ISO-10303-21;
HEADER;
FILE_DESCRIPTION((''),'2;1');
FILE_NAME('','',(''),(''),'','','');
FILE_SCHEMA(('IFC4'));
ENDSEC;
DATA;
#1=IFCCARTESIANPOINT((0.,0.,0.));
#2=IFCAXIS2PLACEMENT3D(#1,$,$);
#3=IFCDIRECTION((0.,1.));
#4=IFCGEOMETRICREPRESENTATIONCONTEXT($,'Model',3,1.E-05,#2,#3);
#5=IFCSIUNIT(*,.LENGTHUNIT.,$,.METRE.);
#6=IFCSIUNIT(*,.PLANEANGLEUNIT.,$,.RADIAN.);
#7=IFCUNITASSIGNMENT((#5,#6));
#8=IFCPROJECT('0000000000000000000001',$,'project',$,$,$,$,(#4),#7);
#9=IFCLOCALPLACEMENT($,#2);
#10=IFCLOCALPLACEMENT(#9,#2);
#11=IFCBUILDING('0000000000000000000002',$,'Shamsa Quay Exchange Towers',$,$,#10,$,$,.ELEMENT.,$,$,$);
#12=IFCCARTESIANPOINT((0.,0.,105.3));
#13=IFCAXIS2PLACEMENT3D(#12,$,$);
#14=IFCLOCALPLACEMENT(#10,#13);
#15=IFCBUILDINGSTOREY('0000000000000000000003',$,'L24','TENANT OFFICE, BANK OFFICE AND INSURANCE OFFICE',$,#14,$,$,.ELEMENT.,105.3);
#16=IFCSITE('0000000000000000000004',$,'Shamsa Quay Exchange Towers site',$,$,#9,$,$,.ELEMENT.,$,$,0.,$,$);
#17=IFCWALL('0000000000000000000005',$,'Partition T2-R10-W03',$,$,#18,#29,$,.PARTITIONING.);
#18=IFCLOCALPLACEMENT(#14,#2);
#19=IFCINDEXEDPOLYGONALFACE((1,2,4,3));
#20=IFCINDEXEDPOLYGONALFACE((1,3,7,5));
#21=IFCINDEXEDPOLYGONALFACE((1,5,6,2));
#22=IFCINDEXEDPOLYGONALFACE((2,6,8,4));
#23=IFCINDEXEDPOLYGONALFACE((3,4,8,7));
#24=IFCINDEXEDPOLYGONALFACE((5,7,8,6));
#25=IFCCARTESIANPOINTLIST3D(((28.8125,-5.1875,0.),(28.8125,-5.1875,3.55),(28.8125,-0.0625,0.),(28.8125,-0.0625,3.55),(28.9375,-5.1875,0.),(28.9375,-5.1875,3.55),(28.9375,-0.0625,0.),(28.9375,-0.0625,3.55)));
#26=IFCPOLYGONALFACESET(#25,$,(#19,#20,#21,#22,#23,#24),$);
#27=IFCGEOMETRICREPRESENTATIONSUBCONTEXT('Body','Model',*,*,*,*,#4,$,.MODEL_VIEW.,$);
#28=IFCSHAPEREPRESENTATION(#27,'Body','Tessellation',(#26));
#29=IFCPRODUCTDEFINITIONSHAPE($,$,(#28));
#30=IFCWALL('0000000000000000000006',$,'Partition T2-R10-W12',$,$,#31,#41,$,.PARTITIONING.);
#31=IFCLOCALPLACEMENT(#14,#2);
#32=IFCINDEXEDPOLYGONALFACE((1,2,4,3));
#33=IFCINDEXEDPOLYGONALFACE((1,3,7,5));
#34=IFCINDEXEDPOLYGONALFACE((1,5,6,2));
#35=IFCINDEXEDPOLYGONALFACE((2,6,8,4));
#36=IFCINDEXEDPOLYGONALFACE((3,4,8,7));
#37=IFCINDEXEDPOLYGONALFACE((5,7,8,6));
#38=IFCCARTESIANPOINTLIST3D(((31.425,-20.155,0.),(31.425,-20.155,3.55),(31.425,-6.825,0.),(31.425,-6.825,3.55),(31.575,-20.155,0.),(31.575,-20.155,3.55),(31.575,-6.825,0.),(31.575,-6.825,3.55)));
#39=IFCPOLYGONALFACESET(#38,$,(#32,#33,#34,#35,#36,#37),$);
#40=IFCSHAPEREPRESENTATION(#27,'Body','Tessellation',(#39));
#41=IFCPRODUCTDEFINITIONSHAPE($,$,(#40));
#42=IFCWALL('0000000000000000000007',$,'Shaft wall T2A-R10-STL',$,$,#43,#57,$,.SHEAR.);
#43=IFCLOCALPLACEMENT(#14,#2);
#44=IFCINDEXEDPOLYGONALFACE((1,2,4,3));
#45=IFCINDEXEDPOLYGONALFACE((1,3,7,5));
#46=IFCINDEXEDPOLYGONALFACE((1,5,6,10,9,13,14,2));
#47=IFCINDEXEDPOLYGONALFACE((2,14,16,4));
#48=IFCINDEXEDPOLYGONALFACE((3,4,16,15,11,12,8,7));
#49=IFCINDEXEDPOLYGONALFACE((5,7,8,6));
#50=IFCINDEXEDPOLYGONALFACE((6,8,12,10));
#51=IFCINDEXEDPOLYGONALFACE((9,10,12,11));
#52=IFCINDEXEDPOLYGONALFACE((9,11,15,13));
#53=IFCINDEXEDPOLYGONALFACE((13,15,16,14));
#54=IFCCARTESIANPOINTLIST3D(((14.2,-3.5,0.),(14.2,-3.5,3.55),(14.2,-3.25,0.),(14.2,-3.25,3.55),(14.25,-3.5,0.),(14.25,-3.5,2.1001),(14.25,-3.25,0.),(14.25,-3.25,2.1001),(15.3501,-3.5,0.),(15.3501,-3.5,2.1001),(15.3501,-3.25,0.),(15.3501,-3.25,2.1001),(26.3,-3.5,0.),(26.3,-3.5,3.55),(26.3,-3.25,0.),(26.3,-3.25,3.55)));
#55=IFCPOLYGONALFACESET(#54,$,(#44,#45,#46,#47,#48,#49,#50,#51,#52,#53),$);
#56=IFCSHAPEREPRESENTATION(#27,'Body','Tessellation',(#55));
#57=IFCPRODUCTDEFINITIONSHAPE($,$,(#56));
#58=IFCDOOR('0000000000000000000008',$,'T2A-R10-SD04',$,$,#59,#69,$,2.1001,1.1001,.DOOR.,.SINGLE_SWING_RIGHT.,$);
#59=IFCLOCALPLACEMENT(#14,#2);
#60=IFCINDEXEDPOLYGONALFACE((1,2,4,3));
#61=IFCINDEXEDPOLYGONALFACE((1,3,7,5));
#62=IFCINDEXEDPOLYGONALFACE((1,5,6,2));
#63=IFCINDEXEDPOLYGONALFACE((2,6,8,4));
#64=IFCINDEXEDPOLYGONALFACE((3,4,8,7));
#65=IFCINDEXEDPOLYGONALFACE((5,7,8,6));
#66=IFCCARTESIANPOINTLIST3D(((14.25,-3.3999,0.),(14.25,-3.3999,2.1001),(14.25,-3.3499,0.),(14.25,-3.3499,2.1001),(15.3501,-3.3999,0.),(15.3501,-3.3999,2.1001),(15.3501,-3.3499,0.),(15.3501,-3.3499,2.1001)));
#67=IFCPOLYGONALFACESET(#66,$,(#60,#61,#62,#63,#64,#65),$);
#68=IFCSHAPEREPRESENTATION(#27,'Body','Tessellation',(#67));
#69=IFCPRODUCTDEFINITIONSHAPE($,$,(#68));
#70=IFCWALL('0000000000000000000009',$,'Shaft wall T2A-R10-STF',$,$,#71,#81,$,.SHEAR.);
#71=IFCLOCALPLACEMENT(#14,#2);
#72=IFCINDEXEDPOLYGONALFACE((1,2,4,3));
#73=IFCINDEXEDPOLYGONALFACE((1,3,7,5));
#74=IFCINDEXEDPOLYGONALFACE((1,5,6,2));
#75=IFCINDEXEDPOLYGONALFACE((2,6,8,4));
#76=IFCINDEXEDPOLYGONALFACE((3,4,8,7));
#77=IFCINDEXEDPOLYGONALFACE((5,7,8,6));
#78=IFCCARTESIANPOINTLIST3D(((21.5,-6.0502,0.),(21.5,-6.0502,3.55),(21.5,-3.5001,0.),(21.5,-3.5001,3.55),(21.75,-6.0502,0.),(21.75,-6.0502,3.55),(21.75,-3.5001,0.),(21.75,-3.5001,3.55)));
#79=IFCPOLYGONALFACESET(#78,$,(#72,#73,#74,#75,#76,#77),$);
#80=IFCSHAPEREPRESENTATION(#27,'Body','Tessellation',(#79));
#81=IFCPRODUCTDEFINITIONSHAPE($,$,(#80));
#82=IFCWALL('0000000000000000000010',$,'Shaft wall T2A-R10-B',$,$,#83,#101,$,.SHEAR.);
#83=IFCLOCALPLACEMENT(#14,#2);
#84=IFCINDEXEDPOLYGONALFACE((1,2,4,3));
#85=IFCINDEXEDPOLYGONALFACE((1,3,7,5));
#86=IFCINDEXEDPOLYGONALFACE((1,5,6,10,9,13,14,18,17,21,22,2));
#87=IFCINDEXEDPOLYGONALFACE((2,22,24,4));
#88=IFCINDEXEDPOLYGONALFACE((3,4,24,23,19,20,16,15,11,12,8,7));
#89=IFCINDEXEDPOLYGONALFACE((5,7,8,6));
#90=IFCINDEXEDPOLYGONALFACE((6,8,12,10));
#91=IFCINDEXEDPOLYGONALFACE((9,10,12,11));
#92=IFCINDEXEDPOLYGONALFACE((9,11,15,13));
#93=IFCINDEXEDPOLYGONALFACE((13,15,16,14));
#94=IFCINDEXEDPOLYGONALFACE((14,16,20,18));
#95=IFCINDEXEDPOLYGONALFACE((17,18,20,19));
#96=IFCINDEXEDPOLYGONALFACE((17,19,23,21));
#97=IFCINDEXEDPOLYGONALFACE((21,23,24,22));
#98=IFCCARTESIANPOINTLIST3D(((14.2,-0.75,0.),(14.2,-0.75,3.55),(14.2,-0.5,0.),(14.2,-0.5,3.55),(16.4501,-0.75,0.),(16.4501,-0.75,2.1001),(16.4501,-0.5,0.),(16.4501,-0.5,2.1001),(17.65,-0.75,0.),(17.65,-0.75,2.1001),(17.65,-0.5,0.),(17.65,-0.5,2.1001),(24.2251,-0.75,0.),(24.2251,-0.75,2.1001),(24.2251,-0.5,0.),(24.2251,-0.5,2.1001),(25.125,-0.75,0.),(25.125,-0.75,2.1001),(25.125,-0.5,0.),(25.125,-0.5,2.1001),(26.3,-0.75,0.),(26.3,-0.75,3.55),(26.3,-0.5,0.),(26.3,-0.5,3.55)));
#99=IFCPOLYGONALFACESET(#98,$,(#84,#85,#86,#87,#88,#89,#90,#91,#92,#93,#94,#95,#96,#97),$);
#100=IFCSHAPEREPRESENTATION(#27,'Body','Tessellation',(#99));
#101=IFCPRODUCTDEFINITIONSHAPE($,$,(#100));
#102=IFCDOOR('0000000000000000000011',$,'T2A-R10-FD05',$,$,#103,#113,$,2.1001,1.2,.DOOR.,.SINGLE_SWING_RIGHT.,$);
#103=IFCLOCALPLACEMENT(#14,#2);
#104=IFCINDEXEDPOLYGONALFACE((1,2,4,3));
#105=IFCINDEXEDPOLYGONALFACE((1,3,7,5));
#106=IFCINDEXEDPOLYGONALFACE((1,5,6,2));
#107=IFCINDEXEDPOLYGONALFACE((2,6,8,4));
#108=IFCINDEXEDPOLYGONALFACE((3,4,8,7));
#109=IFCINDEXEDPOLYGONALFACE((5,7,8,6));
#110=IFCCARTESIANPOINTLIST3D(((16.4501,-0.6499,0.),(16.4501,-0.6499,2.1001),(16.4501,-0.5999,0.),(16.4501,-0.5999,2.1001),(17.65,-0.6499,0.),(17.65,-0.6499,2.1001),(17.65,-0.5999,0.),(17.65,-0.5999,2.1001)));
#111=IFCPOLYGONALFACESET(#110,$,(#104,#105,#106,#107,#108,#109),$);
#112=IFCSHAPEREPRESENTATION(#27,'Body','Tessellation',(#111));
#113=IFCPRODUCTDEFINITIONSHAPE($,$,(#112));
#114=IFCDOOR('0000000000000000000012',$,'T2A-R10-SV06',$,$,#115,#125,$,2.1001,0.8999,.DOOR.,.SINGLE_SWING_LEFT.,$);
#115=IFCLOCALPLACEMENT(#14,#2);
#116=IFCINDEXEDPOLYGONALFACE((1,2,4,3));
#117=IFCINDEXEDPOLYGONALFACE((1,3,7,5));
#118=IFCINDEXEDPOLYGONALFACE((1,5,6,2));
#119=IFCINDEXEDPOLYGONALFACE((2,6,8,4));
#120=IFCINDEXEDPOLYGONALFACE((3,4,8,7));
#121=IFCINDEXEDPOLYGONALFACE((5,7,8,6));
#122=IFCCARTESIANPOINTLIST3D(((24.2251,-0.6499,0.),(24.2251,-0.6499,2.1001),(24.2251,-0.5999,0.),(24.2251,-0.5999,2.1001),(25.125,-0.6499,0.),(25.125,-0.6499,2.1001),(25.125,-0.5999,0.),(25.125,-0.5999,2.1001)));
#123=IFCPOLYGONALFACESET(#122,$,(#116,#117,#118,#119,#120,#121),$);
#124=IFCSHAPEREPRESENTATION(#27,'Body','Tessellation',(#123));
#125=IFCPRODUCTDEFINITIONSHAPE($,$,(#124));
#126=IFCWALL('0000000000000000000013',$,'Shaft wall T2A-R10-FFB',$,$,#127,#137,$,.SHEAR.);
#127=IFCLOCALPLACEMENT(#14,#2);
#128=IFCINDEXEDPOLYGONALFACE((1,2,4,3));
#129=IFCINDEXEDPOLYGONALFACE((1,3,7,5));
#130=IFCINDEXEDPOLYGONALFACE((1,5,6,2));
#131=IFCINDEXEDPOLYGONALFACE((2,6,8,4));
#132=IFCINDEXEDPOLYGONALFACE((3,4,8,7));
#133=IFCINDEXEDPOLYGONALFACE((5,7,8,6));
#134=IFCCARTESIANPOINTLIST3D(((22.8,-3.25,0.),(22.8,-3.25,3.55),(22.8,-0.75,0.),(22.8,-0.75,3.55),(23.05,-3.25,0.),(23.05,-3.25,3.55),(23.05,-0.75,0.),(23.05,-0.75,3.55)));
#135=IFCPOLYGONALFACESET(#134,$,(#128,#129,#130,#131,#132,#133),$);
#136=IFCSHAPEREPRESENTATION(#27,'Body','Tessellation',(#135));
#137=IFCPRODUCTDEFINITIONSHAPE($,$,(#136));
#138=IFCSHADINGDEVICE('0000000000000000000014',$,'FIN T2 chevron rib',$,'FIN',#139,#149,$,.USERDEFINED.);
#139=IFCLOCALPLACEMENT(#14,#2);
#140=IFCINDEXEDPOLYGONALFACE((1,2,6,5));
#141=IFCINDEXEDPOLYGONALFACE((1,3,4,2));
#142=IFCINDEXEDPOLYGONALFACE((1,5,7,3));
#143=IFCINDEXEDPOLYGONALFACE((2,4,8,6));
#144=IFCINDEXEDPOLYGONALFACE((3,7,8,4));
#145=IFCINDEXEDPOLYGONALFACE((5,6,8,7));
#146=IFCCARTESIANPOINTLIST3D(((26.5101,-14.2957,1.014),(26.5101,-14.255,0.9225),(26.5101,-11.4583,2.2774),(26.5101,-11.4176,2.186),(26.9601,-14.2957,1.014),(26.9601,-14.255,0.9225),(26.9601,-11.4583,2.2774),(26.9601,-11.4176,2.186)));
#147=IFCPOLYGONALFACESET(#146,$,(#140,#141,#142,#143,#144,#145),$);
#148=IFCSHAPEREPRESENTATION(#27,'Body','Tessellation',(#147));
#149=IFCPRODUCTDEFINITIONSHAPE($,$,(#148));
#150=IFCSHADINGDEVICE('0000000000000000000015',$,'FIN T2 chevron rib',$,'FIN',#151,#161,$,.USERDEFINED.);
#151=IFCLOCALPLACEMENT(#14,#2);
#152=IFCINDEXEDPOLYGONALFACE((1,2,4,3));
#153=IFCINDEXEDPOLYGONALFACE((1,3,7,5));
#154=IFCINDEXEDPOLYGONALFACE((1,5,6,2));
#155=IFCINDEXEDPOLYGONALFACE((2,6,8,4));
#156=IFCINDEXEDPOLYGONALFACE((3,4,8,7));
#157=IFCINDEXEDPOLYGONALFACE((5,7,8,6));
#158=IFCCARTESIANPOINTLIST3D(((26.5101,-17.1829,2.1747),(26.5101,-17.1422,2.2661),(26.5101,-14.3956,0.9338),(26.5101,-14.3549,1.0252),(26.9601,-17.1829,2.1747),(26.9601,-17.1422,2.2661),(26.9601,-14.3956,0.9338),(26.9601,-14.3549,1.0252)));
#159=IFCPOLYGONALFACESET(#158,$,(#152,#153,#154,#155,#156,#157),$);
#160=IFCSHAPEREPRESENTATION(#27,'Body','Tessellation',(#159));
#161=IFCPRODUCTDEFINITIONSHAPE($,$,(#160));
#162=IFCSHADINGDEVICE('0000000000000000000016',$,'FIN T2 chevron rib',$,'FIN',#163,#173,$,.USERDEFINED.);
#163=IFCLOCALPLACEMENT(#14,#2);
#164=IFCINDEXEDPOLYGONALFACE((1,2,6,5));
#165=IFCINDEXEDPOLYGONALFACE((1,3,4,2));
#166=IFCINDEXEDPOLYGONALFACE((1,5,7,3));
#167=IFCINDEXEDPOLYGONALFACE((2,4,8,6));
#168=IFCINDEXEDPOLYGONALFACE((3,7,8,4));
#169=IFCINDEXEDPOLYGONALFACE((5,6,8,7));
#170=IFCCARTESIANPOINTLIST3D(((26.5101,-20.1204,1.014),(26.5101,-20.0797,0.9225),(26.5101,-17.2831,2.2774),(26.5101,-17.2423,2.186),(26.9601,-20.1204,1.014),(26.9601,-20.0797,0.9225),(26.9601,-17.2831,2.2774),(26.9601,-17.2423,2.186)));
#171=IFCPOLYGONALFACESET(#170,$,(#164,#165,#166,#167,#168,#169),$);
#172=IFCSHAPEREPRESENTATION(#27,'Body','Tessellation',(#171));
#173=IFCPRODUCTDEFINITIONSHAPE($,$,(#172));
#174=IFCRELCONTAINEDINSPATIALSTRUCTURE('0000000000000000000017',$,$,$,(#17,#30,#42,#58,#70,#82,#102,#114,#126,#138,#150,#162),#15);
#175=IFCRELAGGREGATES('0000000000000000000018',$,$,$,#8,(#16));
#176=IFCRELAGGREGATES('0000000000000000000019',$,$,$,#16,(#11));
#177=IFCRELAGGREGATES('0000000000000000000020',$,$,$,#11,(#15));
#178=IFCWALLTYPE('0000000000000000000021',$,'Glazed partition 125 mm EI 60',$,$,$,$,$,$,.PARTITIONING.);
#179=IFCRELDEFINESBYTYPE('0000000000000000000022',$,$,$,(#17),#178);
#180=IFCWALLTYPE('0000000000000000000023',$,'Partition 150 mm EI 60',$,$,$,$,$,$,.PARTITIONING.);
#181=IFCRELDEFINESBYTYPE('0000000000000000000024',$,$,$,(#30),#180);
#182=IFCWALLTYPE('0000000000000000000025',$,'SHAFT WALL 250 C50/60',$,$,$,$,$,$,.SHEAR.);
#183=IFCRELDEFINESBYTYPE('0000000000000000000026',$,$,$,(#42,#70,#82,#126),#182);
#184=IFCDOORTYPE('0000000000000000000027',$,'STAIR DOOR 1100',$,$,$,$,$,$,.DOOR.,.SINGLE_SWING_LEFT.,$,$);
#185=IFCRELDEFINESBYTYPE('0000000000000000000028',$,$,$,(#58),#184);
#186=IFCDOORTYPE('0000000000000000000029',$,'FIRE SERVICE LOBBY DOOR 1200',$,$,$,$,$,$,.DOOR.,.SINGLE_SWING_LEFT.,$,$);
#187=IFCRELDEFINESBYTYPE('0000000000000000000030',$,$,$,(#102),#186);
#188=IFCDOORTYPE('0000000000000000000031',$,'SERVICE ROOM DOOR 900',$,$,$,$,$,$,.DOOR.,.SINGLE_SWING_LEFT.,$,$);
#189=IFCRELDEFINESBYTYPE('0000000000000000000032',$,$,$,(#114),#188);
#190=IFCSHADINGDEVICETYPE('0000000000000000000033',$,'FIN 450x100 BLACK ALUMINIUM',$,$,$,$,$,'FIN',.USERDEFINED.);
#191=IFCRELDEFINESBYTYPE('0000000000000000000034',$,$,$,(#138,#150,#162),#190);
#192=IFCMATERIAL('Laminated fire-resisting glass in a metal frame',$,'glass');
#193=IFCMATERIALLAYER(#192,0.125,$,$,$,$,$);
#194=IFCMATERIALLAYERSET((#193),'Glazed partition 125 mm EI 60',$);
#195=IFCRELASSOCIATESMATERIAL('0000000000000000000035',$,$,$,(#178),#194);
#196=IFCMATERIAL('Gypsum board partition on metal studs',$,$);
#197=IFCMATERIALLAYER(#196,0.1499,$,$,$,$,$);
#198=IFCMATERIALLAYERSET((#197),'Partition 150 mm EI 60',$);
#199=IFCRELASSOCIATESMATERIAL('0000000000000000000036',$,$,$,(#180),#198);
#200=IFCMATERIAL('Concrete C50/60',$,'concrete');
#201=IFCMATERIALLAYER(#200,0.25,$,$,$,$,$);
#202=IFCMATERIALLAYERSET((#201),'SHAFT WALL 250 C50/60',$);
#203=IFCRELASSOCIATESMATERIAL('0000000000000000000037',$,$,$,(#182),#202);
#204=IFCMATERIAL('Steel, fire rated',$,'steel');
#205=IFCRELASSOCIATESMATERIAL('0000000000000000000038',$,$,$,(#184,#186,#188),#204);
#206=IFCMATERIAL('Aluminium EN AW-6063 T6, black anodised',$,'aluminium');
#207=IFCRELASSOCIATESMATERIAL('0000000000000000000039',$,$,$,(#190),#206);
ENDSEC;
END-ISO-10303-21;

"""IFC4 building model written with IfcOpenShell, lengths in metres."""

from ifc_helpers import new_model, si_unit, direction, frame, frame_2d, origin, origin_2d, place, context, subcontext, project, spatial, rectangle, extrude, material, layer, layer_set, material_profile, profile_set, type_object, element, fill, save


model = new_model("IFC4")

# Units and contexts
model_context = context("Model", 3, precision=1e-05, world=origin(), true_north=direction((0.0, 1.0)))
body_context = subcontext(model_context, "Body", "Model", "MODEL_VIEW")
ifc_project = project(units=[si_unit("LENGTHUNIT", "METRE"), si_unit("PLANEANGLEUNIT", "RADIAN")], contexts=[model_context])

# Site, building, storey
site_placement = place(None, origin())
site = spatial("IfcSite", under=ifc_project, at=site_placement, Name="Shamsa Quay Exchange Towers site", CompositionType="ELEMENT", RefElevation=0.0)
building_placement = place(site_placement, origin())
building = spatial("IfcBuilding", under=site, at=building_placement, Name="Shamsa Quay Exchange Towers", CompositionType="ELEMENT")
storey_placement = place(building_placement, frame((0.0, 0.0, 105.3)))
storey = spatial("IfcBuildingStorey", under=building, at=storey_placement, Name="L24", Description="TENANT OFFICE, BANK OFFICE AND INSURANCE OFFICE", CompositionType="ELEMENT", Elevation=105.3)

# Shared definitions
ifc_material_1 = material(Name="Aluminium EN AW-6063 T6, black anodised", Category="aluminium")

# Shared definitions
ifc_material_2 = material(Name="Laminated fire-resisting glass in a metal frame", Category="glass")
ifc_layer_1 = layer(ifc_material_2, 0.125)
ifc_layer_set_1 = layer_set([ifc_layer_1], Name="Glazed partition 125 mm EI 60")
wall_type_1 = type_object("IfcWallType", Name="Glazed partition 125 mm EI 60", PredefinedType="PARTITIONING", material=ifc_layer_set_1)

# Walls
wall_1_placement = place(storey_placement, frame((28.875, -0.0625, 0.0), z_axis=(0.0, 0.0, 1.0), x_axis=(0.0, -1.0, 0.0)))
element("IfcWall", 1, at=wall_1_placement, inside=storey, type_object=wall_type_1, Name="Partition T2-R10-W03", PredefinedType="PARTITIONING", context=body_context, shape_type="SweptSolid", body=[
    extrude(rectangle(XDim=5.125, YDim=0.125, at=frame_2d((2.5625, 0.0))), origin(), (0.0, 0.0, 1.0), 3.55),
])
ifc_material_3 = material(Name="Gypsum board partition on metal studs")
ifc_layer_2 = layer(ifc_material_3, 0.1499)
ifc_layer_set_2 = layer_set([ifc_layer_2], Name="Partition 150 mm EI 60")
wall_type_2 = type_object("IfcWallType", Name="Partition 150 mm EI 60", PredefinedType="PARTITIONING", material=ifc_layer_set_2)
wall_2_placement = place(storey_placement, frame((31.5, -6.825, 0.0), z_axis=(0.0, 0.0, 1.0), x_axis=(0.0, -1.0, 0.0)))
element("IfcWall", 2, at=wall_2_placement, inside=storey, type_object=wall_type_2, Name="Partition T2-R10-W12", PredefinedType="PARTITIONING", context=body_context, shape_type="SweptSolid", body=[
    extrude(rectangle(XDim=13.3301, YDim=0.1499, at=frame_2d((6.665, 0.0))), origin(), (0.0, 0.0, 1.0), 3.55),
])

# Wall, opening, door
ifc_material_4 = material(Name="Concrete C50/60", Category="concrete")
ifc_layer_3 = layer(ifc_material_4, 0.25)
ifc_layer_set_3 = layer_set([ifc_layer_3], Name="SHAFT WALL 250 C50/60")
wall_type_3 = type_object("IfcWallType", Name="SHAFT WALL 250 C50/60", PredefinedType="SHEAR", material=ifc_layer_set_3)
wall_3_placement = place(storey_placement, frame((26.3, -3.375, 0.0), z_axis=(0.0, 0.0, 1.0), x_axis=(-1.0, 0.0, 0.0)))
wall_3 = element("IfcWall", 3, at=wall_3_placement, inside=storey, type_object=wall_type_3, Name="Shaft wall T2A-R10-STL", PredefinedType="SHEAR", context=body_context, shape_type="SweptSolid", body=[
    extrude(rectangle(XDim=12.1001, YDim=0.25, at=frame_2d((6.05, 0.0))), origin(), (0.0, 0.0, 1.0), 3.55),
])
opening_1_placement = place(wall_3_placement, frame((10.95, 0.0, 0.0)))
opening_1 = element("IfcOpeningElement", 4, at=opening_1_placement, cuts=wall_3, PredefinedType="OPENING", context=body_context, shape_type="SweptSolid", body=[
    extrude(rectangle(XDim=1.1001, YDim=2.1001, at=frame_2d((0.55, 1.05))), frame((0.0, 0.135, 0.0), z_axis=(0.0, -1.0, 0.0), x_axis=(1.0, 0.0, 0.0)), (0.0, 0.0, 1.0), 0.27),
])
ifc_material_5 = material(Name="Steel, fire rated", Category="steel")
door_type_1 = type_object("IfcDoorType", Name="STAIR DOOR 1100", OperationType="SINGLE_SWING_LEFT", PredefinedType="DOOR", material=ifc_material_5)
door_1_placement = place(opening_1_placement, origin())
door_1 = element("IfcDoor", 5, at=door_1_placement, inside=storey, type_object=door_type_1, Name="T2A-R10-SD04", OperationType="SINGLE_SWING_RIGHT", OverallHeight=2.1001, OverallWidth=1.1001, PredefinedType="DOOR", context=body_context, shape_type="SweptSolid", body=[
    extrude(rectangle(XDim=1.1001, YDim=2.1001, at=frame_2d((0.55, 1.05))), frame((0.0, 0.0249, 0.0), z_axis=(0.0, -1.0, 0.0), x_axis=(1.0, 0.0, 0.0)), (0.0, 0.0, 1.0), 0.05),
])
fill(opening_1, door_1)

# Wall
wall_4_placement = place(storey_placement, frame((21.625, -6.05, 0.0), z_axis=(0.0, 0.0, 1.0), x_axis=(0.0, 1.0, 0.0)))
element("IfcWall", 6, at=wall_4_placement, inside=storey, type_object=wall_type_3, Name="Shaft wall T2A-R10-STF", PredefinedType="SHEAR", context=body_context, shape_type="SweptSolid", body=[
    extrude(rectangle(XDim=2.55, YDim=0.25, at=frame_2d((1.2749, 0.0))), origin(), (0.0, 0.0, 1.0), 3.55),
])

# Wall, openings, doors
wall_5_placement = place(storey_placement, frame((26.3, -0.625, 0.0), z_axis=(0.0, 0.0, 1.0), x_axis=(-1.0, 0.0, 0.0)))
wall_5 = element("IfcWall", 7, at=wall_5_placement, inside=storey, type_object=wall_type_3, Name="Shaft wall T2A-R10-B", PredefinedType="SHEAR", context=body_context, shape_type="SweptSolid", body=[
    extrude(rectangle(XDim=12.1001, YDim=0.25, at=frame_2d((6.05, 0.0))), origin(), (0.0, 0.0, 1.0), 3.55),
])
opening_2_placement = place(wall_5_placement, frame((8.6499, 0.0, 0.0)))
opening_2 = element("IfcOpeningElement", 8, at=opening_2_placement, cuts=wall_5, PredefinedType="OPENING", context=body_context, shape_type="SweptSolid", body=[
    extrude(rectangle(XDim=1.2, YDim=2.1001, at=frame_2d((0.6001, 1.05))), frame((0.0, 0.135, 0.0), z_axis=(0.0, -1.0, 0.0), x_axis=(1.0, 0.0, 0.0)), (0.0, 0.0, 1.0), 0.27),
])
opening_3_placement = place(wall_5_placement, frame((1.175, 0.0, 0.0)))
opening_3 = element("IfcOpeningElement", 9, at=opening_3_placement, cuts=wall_5, PredefinedType="OPENING", context=body_context, shape_type="SweptSolid", body=[
    extrude(rectangle(XDim=0.8999, YDim=2.1001, at=frame_2d((0.45, 1.05))), frame((0.0, 0.135, 0.0), z_axis=(0.0, -1.0, 0.0), x_axis=(1.0, 0.0, 0.0)), (0.0, 0.0, 1.0), 0.27),
])
door_type_2 = type_object("IfcDoorType", Name="FIRE SERVICE LOBBY DOOR 1200", OperationType="SINGLE_SWING_LEFT", PredefinedType="DOOR", material=ifc_material_5)
door_2_placement = place(opening_2_placement, origin())
door_2 = element("IfcDoor", 10, at=door_2_placement, inside=storey, type_object=door_type_2, Name="T2A-R10-FD05", OperationType="SINGLE_SWING_RIGHT", OverallHeight=2.1001, OverallWidth=1.2, PredefinedType="DOOR", context=body_context, shape_type="SweptSolid", body=[
    extrude(rectangle(XDim=1.2, YDim=2.1001, at=frame_2d((0.6001, 1.05))), frame((0.0, 0.0249, 0.0), z_axis=(0.0, -1.0, 0.0), x_axis=(1.0, 0.0, 0.0)), (0.0, 0.0, 1.0), 0.05),
])
fill(opening_2, door_2)
door_type_3 = type_object("IfcDoorType", Name="SERVICE ROOM DOOR 900", OperationType="SINGLE_SWING_LEFT", PredefinedType="DOOR", material=ifc_material_5)
door_3_placement = place(opening_3_placement, origin())
door_3 = element("IfcDoor", 11, at=door_3_placement, inside=storey, type_object=door_type_3, Name="T2A-R10-SV06", OperationType="SINGLE_SWING_LEFT", OverallHeight=2.1001, OverallWidth=0.8999, PredefinedType="DOOR", context=body_context, shape_type="SweptSolid", body=[
    extrude(rectangle(XDim=0.8999, YDim=2.1001, at=frame_2d((0.45, 1.05))), frame((0.0, 0.0249, 0.0), z_axis=(0.0, -1.0, 0.0), x_axis=(1.0, 0.0, 0.0)), (0.0, 0.0, 1.0), 0.05),
])
fill(opening_3, door_3)

# Wall
wall_6_placement = place(storey_placement, frame((22.925, -3.25, 0.0), z_axis=(0.0, 0.0, 1.0), x_axis=(0.0, 1.0, 0.0)))
element("IfcWall", 12, at=wall_6_placement, inside=storey, type_object=wall_type_3, Name="Shaft wall T2A-R10-FFB", PredefinedType="SHEAR", context=body_context, shape_type="SweptSolid", body=[
    extrude(rectangle(XDim=2.5, YDim=0.25, at=frame_2d((1.25, 0.0))), origin(), (0.0, 0.0, 1.0), 3.55),
])

# Shading devices
ifc_material_profile_1 = material_profile(ifc_material_1, rectangle(XDim=0.45, YDim=0.1001, at=origin_2d()), Name="FIN450x100")
ifc_profile_set_1 = profile_set([ifc_material_profile_1], Name="Aluminium EN AW-6063 T6, black anodised")
shading_device_type = type_object("IfcShadingDeviceType", Name="FIN 450x100 BLACK ALUMINIUM", ElementType="FIN", PredefinedType="USERDEFINED", material=ifc_profile_set_1)
shading_device_1_placement = place(storey_placement, frame((26.7351, -11.438, 2.2317), z_axis=(0.0, -0.913529, -0.406773), x_axis=(1.0, 0.0, 0.0)))
element("IfcShadingDevice", 13, at=shading_device_1_placement, inside=storey, type_object=shading_device_type, Name="FIN T2 chevron rib", ObjectType="FIN", PredefinedType="USERDEFINED", context=body_context, shape_type="SweptSolid", body=[
    extrude(rectangle(XDim=0.45, YDim=0.1001, at=origin_2d()), origin(), (0.0, 0.0, 1.0), 3.106),
])
shading_device_2_placement = place(storey_placement, frame((26.7351, -14.3752, 0.9795), z_axis=(0.0, -0.913551, 0.406725), x_axis=(1.0, 0.0, 0.0)))
element("IfcShadingDevice", 14, at=shading_device_2_placement, inside=storey, type_object=shading_device_type, Name="FIN T2 chevron rib", ObjectType="FIN", PredefinedType="USERDEFINED", context=body_context, shape_type="SweptSolid", body=[
    extrude(rectangle(XDim=0.45, YDim=0.1001, at=origin_2d()), origin(), (0.0, 0.0, 1.0), 3.051),
])
shading_device_3_placement = place(storey_placement, frame((26.7351, -17.2627, 2.2317), z_axis=(0.0, -0.913529, -0.406773), x_axis=(1.0, 0.0, 0.0)))
element("IfcShadingDevice", 15, at=shading_device_3_placement, inside=storey, type_object=shading_device_type, Name="FIN T2 chevron rib", ObjectType="FIN", PredefinedType="USERDEFINED", context=body_context, shape_type="SweptSolid", body=[
    extrude(rectangle(XDim=0.45, YDim=0.1001, at=origin_2d()), origin(), (0.0, 0.0, 1.0), 3.106),
])

save(model, "model.ifc")
